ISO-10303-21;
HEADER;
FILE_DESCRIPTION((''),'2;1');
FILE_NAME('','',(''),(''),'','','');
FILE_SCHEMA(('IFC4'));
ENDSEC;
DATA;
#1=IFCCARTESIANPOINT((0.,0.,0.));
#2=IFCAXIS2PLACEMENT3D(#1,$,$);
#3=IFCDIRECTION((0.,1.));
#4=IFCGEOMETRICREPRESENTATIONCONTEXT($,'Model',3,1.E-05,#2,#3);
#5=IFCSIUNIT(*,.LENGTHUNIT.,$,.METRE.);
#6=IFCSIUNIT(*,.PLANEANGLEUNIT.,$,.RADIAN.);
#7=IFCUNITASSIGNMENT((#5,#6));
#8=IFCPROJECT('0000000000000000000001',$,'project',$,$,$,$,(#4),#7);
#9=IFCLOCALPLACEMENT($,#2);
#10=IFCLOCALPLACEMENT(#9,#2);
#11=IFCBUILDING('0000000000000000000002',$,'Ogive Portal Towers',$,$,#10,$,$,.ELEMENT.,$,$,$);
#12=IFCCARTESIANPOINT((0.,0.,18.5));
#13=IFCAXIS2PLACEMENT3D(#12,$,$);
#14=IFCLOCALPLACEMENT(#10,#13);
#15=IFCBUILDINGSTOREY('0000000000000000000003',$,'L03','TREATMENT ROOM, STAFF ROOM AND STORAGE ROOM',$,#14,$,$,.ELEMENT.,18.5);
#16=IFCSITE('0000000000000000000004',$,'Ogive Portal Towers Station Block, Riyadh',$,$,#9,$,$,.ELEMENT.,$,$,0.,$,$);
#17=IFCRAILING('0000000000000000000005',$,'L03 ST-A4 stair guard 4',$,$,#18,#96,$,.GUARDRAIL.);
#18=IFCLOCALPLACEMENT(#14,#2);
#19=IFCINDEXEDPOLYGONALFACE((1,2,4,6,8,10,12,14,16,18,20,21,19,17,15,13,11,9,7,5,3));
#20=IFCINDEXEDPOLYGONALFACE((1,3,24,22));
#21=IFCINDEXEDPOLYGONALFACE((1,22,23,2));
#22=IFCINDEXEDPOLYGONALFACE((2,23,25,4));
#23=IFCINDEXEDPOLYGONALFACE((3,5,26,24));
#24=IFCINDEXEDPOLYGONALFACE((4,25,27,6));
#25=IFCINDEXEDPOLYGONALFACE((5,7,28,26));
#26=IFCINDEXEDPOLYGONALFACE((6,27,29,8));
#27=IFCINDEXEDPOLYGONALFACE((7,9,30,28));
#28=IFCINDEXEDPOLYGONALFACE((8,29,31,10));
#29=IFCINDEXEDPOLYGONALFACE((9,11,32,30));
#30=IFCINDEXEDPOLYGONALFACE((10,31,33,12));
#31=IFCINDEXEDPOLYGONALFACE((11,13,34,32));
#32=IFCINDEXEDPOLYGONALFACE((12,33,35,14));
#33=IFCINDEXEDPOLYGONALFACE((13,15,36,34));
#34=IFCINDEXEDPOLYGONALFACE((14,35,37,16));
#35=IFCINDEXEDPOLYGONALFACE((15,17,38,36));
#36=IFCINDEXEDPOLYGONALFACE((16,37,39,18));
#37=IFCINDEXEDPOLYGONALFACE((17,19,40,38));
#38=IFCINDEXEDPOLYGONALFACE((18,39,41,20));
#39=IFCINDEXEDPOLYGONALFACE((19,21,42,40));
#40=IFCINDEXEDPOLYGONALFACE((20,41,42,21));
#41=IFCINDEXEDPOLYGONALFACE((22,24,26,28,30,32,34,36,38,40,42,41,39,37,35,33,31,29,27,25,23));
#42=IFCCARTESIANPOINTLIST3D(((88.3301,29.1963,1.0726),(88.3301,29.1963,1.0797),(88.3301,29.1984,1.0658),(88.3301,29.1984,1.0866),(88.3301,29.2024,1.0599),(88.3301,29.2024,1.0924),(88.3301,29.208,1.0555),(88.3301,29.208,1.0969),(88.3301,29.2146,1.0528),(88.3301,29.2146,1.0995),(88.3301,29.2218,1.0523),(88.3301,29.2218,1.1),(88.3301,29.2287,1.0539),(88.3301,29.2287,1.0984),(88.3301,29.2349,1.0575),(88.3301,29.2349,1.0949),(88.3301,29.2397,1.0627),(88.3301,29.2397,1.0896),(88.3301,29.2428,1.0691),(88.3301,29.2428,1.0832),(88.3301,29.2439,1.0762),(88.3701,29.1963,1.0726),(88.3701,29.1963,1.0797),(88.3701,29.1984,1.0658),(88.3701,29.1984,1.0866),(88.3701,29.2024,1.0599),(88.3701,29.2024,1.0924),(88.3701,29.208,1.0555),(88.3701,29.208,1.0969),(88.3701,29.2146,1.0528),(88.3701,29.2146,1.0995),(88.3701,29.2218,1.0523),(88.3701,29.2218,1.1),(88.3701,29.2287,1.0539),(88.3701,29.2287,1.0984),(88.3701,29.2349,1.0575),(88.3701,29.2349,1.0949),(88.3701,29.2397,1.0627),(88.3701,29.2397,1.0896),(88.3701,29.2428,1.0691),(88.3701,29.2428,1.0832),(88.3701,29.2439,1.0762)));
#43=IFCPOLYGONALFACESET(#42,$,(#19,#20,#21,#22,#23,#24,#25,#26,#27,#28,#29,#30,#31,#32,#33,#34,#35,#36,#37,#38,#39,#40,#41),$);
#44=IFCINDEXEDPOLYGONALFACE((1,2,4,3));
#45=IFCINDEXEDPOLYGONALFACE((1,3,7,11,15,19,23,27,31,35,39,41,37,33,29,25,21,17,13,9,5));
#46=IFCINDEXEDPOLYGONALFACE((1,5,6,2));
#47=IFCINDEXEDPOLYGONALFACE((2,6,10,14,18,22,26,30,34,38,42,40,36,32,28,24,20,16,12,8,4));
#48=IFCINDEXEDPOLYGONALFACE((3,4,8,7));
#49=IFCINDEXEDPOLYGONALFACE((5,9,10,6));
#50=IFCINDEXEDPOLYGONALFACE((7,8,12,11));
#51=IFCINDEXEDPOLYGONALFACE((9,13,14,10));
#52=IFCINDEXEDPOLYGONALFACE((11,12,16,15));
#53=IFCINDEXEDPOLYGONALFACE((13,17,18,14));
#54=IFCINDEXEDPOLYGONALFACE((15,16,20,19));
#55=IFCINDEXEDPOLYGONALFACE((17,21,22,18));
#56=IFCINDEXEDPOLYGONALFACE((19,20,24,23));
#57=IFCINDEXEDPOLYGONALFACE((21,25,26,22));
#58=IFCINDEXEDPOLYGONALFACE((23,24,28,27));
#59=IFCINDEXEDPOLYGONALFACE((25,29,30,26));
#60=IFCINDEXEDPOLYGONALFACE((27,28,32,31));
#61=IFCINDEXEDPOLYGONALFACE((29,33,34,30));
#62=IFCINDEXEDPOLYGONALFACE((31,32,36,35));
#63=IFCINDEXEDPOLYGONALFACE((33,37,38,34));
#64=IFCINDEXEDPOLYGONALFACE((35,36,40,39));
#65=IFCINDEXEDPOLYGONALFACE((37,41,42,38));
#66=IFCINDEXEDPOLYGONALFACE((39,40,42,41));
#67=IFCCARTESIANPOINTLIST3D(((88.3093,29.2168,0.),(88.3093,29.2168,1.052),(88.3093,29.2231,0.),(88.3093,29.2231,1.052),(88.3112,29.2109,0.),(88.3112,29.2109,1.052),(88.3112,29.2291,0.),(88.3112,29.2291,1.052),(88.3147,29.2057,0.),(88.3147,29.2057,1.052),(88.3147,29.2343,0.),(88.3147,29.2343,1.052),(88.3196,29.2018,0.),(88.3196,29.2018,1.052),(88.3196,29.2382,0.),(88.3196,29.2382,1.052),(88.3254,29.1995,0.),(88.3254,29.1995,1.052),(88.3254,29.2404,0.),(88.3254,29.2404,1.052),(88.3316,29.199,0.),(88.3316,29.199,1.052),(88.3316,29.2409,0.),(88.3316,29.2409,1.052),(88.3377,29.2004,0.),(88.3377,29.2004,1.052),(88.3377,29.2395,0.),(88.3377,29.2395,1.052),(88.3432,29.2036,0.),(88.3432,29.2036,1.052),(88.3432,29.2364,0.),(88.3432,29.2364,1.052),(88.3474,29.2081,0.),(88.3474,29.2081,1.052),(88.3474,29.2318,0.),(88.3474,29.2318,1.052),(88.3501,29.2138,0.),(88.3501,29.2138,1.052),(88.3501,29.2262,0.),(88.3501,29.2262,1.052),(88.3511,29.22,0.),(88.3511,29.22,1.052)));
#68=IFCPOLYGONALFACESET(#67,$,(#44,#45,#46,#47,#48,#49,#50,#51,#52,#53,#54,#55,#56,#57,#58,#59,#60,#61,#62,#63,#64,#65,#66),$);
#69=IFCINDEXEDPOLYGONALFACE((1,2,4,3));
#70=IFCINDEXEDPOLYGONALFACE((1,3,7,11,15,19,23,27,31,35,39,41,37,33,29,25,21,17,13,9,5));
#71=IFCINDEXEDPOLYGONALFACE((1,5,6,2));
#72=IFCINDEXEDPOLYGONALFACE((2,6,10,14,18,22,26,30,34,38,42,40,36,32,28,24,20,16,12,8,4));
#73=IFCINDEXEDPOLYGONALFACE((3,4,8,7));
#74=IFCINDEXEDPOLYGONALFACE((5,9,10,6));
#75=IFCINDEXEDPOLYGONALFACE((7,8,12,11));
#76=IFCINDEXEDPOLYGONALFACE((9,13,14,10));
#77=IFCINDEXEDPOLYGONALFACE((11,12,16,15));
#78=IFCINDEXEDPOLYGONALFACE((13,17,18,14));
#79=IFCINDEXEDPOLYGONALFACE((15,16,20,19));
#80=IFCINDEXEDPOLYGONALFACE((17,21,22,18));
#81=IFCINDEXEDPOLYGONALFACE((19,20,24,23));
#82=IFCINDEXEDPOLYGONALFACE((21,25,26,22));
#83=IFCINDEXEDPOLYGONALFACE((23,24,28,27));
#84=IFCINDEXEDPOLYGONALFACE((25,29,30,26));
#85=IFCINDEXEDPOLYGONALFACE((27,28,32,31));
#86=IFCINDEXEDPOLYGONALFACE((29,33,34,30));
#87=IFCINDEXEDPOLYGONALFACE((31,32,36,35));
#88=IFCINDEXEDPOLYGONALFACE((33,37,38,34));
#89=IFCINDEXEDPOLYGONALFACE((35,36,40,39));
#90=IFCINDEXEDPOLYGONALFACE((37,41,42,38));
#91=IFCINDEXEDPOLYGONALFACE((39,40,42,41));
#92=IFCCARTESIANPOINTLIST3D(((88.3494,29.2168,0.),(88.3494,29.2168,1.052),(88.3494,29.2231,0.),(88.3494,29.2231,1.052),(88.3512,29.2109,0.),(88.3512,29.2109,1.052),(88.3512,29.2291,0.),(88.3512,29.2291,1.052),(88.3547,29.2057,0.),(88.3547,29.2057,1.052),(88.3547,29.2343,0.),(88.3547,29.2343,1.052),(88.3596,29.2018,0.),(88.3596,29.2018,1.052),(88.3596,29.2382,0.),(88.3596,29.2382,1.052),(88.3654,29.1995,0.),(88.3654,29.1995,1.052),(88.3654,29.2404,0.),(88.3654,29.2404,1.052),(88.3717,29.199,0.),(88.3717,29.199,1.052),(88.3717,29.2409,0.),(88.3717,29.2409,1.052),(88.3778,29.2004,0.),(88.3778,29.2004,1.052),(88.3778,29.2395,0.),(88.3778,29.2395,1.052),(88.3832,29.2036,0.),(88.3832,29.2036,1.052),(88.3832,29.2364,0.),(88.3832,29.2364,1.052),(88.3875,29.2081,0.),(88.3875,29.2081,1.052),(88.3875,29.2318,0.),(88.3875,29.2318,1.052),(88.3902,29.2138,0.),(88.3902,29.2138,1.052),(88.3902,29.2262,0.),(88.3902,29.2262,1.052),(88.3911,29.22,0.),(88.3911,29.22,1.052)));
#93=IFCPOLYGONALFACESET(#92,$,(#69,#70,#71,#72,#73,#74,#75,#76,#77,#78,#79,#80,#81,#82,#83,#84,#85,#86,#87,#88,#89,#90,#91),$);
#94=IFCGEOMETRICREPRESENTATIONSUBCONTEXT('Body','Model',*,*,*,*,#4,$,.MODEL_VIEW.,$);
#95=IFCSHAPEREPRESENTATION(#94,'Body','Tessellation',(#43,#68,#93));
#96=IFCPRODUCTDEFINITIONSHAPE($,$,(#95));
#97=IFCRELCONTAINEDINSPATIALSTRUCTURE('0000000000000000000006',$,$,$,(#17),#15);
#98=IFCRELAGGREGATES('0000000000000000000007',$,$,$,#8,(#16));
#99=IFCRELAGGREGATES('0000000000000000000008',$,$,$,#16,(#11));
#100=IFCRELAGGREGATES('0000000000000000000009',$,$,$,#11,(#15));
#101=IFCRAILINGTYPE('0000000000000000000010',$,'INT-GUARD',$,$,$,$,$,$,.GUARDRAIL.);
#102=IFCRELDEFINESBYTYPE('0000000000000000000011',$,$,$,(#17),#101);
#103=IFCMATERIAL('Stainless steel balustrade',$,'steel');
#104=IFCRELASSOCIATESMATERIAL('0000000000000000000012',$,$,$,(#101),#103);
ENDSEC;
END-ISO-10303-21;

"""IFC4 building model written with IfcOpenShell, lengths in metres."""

from ifc_helpers import new_model, si_unit, direction, frame, origin, origin_2d, place, context, subcontext, project, spatial, circle, extrude, material, type_object, element, save


model = new_model("IFC4")

# Units and contexts
model_context = context("Model", 3, precision=1e-05, world=origin(), true_north=direction((0.0, 1.0)))
body_context = subcontext(model_context, "Body", "Model", "MODEL_VIEW")
ifc_project = project(units=[si_unit("LENGTHUNIT", "METRE"), si_unit("PLANEANGLEUNIT", "RADIAN")], contexts=[model_context])

# Site, building, storey
site_placement = place(None, origin())
site = spatial("IfcSite", under=ifc_project, at=site_placement, Name="Ogive Portal Towers Station Block, Riyadh", CompositionType="ELEMENT", RefElevation=0.0)
building_placement = place(site_placement, origin())
building = spatial("IfcBuilding", under=site, at=building_placement, Name="Ogive Portal Towers", CompositionType="ELEMENT")
storey_placement = place(building_placement, frame((0.0, 0.0, 18.5)))
storey = spatial("IfcBuildingStorey", under=building, at=storey_placement, Name="L03", Description="TREATMENT ROOM, STAFF ROOM AND STORAGE ROOM", CompositionType="ELEMENT", Elevation=18.5)

# Railing
ifc_material_1 = material(Name="Stainless steel balustrade", Category="steel")
railing_type_1 = type_object("IfcRailingType", Name="INT-GUARD", PredefinedType="GUARDRAIL", material=ifc_material_1)
railing_1_placement = place(storey_placement, frame((88.3301, 29.22, 0.0)))
element("IfcRailing", 1, at=railing_1_placement, inside=storey, type_object=railing_type_1, Name="L03 ST-A4 stair guard 4", PredefinedType="GUARDRAIL", context=body_context, shape_type="SweptSolid", body=[
    extrude(circle(Radius=0.0239, at=origin_2d()), frame((0.0, 0.0, 1.0762), z_axis=(1.0, 0.0, 0.0), x_axis=(0.0, 1.0, 0.0)), (0.0, 0.0, 1.0), 0.04),
    extrude(circle(Radius=0.021, at=origin_2d()), origin(), (0.0, 0.0, 1.0), 1.052),
    extrude(circle(Radius=0.021, at=origin_2d()), frame((0.04, 0.0, 0.0)), (0.0, 0.0, 1.0), 1.052),
])

save(model, "model.ifc")
